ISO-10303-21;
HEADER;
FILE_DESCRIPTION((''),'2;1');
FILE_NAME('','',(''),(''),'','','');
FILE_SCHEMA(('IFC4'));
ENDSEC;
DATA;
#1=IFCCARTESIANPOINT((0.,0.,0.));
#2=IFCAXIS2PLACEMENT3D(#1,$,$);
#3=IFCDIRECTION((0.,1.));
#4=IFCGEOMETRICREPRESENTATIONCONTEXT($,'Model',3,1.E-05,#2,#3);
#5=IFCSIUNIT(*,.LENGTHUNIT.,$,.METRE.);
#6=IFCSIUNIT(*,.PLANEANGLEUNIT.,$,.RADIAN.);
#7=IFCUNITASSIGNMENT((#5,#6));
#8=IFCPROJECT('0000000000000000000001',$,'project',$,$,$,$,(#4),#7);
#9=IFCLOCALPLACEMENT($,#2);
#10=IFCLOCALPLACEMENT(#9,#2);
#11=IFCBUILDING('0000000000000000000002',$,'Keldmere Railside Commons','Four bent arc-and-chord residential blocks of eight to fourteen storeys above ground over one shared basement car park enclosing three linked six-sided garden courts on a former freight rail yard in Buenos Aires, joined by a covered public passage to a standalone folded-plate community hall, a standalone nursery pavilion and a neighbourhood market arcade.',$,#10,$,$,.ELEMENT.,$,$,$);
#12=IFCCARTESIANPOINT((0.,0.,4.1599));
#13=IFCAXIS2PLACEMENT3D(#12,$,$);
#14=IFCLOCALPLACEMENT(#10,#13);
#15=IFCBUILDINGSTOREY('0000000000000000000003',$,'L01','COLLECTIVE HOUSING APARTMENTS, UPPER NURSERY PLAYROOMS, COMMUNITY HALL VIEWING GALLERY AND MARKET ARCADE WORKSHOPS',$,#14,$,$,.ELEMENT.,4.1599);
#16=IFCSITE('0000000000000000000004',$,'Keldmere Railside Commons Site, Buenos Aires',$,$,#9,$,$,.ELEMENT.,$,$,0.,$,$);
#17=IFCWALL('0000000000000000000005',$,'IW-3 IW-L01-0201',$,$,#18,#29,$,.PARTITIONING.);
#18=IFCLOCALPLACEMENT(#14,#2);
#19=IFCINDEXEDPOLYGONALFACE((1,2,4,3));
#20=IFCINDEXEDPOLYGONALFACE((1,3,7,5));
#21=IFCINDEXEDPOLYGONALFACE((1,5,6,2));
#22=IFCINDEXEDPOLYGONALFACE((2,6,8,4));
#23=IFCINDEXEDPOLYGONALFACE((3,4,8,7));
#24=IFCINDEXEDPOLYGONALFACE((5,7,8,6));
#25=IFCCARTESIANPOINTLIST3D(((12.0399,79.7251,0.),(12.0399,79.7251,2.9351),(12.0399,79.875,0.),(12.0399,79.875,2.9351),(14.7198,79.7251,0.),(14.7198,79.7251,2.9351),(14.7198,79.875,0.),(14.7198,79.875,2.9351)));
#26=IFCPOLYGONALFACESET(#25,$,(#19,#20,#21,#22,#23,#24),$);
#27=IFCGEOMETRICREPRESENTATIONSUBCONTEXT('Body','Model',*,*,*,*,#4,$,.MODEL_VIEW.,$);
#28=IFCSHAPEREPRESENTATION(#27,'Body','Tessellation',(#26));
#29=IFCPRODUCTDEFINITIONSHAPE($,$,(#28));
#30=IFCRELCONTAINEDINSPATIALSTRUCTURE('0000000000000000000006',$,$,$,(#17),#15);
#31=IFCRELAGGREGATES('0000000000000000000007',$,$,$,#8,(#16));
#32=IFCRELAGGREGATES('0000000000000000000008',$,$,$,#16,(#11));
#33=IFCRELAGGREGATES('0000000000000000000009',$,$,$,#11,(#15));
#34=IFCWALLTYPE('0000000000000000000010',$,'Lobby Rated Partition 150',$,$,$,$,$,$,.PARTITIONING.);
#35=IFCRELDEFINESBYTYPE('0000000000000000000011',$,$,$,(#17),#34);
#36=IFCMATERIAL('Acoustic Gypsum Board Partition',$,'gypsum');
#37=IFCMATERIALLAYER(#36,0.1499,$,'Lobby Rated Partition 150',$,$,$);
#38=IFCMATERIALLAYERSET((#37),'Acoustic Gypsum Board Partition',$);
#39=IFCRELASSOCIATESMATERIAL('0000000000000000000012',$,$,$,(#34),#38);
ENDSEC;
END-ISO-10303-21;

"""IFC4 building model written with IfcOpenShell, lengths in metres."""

from ifc_helpers import new_model, si_unit, direction, frame, frame_2d, origin, place, context, subcontext, project, spatial, rectangle, extrude, material, layer, layer_set, type_object, element, save


model = new_model("IFC4")

# Units and contexts
model_context = context("Model", 3, precision=1e-05, world=origin(), true_north=direction((0.0, 1.0)))
body_context = subcontext(model_context, "Body", "Model", "MODEL_VIEW")
ifc_project = project(units=[si_unit("LENGTHUNIT", "METRE"), si_unit("PLANEANGLEUNIT", "RADIAN")], contexts=[model_context])

# Site, building, storey
site_placement = place(None, origin())
site = spatial("IfcSite", under=ifc_project, at=site_placement, Name="Keldmere Railside Commons Site, Buenos Aires", CompositionType="ELEMENT", RefElevation=0.0)
building_placement = place(site_placement, origin())
building = spatial("IfcBuilding", under=site, at=building_placement, Name="Keldmere Railside Commons", Description="Four bent arc-and-chord residential blocks of eight to fourteen storeys above ground over one shared basement car park enclosing three linked six-sided garden courts on a former freight rail yard in Buenos Aires, joined by a covered public passage to a standalone folded-plate community hall, a standalone nursery pavilion and a neighbourhood market arcade.", CompositionType="ELEMENT")
storey_placement = place(building_placement, frame((0.0, 0.0, 4.1599)))
storey = spatial("IfcBuildingStorey", under=building, at=storey_placement, Name="L01", Description="COLLECTIVE HOUSING APARTMENTS, UPPER NURSERY PLAYROOMS, COMMUNITY HALL VIEWING GALLERY AND MARKET ARCADE WORKSHOPS", CompositionType="ELEMENT", Elevation=4.1599)

# Shared definitions
ifc_material_1 = material(Name="Acoustic Gypsum Board Partition", Category="gypsum")

# Wall
ifc_layer_1 = layer(ifc_material_1, 0.1499, Name="Lobby Rated Partition 150")
ifc_layer_set_1 = layer_set([ifc_layer_1], Name="Acoustic Gypsum Board Partition")
wall_type_1 = type_object("IfcWallType", Name="Lobby Rated Partition 150", PredefinedType="PARTITIONING", material=ifc_layer_set_1)
wall_1_placement = place(storey_placement, frame((12.04, 79.8, 0.0), z_axis=(0.0, 0.0, 1.0), x_axis=(1.0, 0.0, 0.0)))
element("IfcWall", 1, at=wall_1_placement, inside=storey, type_object=wall_type_1, Name="IW-3 IW-L01-0201", PredefinedType="PARTITIONING", context=body_context, shape_type="SweptSolid", body=[
    extrude(rectangle(XDim=2.6799, YDim=0.1499, at=frame_2d((1.3398, 0.0))), origin(), (0.0, 0.0, 1.0), 2.9351),
])

save(model, "model.ifc")
